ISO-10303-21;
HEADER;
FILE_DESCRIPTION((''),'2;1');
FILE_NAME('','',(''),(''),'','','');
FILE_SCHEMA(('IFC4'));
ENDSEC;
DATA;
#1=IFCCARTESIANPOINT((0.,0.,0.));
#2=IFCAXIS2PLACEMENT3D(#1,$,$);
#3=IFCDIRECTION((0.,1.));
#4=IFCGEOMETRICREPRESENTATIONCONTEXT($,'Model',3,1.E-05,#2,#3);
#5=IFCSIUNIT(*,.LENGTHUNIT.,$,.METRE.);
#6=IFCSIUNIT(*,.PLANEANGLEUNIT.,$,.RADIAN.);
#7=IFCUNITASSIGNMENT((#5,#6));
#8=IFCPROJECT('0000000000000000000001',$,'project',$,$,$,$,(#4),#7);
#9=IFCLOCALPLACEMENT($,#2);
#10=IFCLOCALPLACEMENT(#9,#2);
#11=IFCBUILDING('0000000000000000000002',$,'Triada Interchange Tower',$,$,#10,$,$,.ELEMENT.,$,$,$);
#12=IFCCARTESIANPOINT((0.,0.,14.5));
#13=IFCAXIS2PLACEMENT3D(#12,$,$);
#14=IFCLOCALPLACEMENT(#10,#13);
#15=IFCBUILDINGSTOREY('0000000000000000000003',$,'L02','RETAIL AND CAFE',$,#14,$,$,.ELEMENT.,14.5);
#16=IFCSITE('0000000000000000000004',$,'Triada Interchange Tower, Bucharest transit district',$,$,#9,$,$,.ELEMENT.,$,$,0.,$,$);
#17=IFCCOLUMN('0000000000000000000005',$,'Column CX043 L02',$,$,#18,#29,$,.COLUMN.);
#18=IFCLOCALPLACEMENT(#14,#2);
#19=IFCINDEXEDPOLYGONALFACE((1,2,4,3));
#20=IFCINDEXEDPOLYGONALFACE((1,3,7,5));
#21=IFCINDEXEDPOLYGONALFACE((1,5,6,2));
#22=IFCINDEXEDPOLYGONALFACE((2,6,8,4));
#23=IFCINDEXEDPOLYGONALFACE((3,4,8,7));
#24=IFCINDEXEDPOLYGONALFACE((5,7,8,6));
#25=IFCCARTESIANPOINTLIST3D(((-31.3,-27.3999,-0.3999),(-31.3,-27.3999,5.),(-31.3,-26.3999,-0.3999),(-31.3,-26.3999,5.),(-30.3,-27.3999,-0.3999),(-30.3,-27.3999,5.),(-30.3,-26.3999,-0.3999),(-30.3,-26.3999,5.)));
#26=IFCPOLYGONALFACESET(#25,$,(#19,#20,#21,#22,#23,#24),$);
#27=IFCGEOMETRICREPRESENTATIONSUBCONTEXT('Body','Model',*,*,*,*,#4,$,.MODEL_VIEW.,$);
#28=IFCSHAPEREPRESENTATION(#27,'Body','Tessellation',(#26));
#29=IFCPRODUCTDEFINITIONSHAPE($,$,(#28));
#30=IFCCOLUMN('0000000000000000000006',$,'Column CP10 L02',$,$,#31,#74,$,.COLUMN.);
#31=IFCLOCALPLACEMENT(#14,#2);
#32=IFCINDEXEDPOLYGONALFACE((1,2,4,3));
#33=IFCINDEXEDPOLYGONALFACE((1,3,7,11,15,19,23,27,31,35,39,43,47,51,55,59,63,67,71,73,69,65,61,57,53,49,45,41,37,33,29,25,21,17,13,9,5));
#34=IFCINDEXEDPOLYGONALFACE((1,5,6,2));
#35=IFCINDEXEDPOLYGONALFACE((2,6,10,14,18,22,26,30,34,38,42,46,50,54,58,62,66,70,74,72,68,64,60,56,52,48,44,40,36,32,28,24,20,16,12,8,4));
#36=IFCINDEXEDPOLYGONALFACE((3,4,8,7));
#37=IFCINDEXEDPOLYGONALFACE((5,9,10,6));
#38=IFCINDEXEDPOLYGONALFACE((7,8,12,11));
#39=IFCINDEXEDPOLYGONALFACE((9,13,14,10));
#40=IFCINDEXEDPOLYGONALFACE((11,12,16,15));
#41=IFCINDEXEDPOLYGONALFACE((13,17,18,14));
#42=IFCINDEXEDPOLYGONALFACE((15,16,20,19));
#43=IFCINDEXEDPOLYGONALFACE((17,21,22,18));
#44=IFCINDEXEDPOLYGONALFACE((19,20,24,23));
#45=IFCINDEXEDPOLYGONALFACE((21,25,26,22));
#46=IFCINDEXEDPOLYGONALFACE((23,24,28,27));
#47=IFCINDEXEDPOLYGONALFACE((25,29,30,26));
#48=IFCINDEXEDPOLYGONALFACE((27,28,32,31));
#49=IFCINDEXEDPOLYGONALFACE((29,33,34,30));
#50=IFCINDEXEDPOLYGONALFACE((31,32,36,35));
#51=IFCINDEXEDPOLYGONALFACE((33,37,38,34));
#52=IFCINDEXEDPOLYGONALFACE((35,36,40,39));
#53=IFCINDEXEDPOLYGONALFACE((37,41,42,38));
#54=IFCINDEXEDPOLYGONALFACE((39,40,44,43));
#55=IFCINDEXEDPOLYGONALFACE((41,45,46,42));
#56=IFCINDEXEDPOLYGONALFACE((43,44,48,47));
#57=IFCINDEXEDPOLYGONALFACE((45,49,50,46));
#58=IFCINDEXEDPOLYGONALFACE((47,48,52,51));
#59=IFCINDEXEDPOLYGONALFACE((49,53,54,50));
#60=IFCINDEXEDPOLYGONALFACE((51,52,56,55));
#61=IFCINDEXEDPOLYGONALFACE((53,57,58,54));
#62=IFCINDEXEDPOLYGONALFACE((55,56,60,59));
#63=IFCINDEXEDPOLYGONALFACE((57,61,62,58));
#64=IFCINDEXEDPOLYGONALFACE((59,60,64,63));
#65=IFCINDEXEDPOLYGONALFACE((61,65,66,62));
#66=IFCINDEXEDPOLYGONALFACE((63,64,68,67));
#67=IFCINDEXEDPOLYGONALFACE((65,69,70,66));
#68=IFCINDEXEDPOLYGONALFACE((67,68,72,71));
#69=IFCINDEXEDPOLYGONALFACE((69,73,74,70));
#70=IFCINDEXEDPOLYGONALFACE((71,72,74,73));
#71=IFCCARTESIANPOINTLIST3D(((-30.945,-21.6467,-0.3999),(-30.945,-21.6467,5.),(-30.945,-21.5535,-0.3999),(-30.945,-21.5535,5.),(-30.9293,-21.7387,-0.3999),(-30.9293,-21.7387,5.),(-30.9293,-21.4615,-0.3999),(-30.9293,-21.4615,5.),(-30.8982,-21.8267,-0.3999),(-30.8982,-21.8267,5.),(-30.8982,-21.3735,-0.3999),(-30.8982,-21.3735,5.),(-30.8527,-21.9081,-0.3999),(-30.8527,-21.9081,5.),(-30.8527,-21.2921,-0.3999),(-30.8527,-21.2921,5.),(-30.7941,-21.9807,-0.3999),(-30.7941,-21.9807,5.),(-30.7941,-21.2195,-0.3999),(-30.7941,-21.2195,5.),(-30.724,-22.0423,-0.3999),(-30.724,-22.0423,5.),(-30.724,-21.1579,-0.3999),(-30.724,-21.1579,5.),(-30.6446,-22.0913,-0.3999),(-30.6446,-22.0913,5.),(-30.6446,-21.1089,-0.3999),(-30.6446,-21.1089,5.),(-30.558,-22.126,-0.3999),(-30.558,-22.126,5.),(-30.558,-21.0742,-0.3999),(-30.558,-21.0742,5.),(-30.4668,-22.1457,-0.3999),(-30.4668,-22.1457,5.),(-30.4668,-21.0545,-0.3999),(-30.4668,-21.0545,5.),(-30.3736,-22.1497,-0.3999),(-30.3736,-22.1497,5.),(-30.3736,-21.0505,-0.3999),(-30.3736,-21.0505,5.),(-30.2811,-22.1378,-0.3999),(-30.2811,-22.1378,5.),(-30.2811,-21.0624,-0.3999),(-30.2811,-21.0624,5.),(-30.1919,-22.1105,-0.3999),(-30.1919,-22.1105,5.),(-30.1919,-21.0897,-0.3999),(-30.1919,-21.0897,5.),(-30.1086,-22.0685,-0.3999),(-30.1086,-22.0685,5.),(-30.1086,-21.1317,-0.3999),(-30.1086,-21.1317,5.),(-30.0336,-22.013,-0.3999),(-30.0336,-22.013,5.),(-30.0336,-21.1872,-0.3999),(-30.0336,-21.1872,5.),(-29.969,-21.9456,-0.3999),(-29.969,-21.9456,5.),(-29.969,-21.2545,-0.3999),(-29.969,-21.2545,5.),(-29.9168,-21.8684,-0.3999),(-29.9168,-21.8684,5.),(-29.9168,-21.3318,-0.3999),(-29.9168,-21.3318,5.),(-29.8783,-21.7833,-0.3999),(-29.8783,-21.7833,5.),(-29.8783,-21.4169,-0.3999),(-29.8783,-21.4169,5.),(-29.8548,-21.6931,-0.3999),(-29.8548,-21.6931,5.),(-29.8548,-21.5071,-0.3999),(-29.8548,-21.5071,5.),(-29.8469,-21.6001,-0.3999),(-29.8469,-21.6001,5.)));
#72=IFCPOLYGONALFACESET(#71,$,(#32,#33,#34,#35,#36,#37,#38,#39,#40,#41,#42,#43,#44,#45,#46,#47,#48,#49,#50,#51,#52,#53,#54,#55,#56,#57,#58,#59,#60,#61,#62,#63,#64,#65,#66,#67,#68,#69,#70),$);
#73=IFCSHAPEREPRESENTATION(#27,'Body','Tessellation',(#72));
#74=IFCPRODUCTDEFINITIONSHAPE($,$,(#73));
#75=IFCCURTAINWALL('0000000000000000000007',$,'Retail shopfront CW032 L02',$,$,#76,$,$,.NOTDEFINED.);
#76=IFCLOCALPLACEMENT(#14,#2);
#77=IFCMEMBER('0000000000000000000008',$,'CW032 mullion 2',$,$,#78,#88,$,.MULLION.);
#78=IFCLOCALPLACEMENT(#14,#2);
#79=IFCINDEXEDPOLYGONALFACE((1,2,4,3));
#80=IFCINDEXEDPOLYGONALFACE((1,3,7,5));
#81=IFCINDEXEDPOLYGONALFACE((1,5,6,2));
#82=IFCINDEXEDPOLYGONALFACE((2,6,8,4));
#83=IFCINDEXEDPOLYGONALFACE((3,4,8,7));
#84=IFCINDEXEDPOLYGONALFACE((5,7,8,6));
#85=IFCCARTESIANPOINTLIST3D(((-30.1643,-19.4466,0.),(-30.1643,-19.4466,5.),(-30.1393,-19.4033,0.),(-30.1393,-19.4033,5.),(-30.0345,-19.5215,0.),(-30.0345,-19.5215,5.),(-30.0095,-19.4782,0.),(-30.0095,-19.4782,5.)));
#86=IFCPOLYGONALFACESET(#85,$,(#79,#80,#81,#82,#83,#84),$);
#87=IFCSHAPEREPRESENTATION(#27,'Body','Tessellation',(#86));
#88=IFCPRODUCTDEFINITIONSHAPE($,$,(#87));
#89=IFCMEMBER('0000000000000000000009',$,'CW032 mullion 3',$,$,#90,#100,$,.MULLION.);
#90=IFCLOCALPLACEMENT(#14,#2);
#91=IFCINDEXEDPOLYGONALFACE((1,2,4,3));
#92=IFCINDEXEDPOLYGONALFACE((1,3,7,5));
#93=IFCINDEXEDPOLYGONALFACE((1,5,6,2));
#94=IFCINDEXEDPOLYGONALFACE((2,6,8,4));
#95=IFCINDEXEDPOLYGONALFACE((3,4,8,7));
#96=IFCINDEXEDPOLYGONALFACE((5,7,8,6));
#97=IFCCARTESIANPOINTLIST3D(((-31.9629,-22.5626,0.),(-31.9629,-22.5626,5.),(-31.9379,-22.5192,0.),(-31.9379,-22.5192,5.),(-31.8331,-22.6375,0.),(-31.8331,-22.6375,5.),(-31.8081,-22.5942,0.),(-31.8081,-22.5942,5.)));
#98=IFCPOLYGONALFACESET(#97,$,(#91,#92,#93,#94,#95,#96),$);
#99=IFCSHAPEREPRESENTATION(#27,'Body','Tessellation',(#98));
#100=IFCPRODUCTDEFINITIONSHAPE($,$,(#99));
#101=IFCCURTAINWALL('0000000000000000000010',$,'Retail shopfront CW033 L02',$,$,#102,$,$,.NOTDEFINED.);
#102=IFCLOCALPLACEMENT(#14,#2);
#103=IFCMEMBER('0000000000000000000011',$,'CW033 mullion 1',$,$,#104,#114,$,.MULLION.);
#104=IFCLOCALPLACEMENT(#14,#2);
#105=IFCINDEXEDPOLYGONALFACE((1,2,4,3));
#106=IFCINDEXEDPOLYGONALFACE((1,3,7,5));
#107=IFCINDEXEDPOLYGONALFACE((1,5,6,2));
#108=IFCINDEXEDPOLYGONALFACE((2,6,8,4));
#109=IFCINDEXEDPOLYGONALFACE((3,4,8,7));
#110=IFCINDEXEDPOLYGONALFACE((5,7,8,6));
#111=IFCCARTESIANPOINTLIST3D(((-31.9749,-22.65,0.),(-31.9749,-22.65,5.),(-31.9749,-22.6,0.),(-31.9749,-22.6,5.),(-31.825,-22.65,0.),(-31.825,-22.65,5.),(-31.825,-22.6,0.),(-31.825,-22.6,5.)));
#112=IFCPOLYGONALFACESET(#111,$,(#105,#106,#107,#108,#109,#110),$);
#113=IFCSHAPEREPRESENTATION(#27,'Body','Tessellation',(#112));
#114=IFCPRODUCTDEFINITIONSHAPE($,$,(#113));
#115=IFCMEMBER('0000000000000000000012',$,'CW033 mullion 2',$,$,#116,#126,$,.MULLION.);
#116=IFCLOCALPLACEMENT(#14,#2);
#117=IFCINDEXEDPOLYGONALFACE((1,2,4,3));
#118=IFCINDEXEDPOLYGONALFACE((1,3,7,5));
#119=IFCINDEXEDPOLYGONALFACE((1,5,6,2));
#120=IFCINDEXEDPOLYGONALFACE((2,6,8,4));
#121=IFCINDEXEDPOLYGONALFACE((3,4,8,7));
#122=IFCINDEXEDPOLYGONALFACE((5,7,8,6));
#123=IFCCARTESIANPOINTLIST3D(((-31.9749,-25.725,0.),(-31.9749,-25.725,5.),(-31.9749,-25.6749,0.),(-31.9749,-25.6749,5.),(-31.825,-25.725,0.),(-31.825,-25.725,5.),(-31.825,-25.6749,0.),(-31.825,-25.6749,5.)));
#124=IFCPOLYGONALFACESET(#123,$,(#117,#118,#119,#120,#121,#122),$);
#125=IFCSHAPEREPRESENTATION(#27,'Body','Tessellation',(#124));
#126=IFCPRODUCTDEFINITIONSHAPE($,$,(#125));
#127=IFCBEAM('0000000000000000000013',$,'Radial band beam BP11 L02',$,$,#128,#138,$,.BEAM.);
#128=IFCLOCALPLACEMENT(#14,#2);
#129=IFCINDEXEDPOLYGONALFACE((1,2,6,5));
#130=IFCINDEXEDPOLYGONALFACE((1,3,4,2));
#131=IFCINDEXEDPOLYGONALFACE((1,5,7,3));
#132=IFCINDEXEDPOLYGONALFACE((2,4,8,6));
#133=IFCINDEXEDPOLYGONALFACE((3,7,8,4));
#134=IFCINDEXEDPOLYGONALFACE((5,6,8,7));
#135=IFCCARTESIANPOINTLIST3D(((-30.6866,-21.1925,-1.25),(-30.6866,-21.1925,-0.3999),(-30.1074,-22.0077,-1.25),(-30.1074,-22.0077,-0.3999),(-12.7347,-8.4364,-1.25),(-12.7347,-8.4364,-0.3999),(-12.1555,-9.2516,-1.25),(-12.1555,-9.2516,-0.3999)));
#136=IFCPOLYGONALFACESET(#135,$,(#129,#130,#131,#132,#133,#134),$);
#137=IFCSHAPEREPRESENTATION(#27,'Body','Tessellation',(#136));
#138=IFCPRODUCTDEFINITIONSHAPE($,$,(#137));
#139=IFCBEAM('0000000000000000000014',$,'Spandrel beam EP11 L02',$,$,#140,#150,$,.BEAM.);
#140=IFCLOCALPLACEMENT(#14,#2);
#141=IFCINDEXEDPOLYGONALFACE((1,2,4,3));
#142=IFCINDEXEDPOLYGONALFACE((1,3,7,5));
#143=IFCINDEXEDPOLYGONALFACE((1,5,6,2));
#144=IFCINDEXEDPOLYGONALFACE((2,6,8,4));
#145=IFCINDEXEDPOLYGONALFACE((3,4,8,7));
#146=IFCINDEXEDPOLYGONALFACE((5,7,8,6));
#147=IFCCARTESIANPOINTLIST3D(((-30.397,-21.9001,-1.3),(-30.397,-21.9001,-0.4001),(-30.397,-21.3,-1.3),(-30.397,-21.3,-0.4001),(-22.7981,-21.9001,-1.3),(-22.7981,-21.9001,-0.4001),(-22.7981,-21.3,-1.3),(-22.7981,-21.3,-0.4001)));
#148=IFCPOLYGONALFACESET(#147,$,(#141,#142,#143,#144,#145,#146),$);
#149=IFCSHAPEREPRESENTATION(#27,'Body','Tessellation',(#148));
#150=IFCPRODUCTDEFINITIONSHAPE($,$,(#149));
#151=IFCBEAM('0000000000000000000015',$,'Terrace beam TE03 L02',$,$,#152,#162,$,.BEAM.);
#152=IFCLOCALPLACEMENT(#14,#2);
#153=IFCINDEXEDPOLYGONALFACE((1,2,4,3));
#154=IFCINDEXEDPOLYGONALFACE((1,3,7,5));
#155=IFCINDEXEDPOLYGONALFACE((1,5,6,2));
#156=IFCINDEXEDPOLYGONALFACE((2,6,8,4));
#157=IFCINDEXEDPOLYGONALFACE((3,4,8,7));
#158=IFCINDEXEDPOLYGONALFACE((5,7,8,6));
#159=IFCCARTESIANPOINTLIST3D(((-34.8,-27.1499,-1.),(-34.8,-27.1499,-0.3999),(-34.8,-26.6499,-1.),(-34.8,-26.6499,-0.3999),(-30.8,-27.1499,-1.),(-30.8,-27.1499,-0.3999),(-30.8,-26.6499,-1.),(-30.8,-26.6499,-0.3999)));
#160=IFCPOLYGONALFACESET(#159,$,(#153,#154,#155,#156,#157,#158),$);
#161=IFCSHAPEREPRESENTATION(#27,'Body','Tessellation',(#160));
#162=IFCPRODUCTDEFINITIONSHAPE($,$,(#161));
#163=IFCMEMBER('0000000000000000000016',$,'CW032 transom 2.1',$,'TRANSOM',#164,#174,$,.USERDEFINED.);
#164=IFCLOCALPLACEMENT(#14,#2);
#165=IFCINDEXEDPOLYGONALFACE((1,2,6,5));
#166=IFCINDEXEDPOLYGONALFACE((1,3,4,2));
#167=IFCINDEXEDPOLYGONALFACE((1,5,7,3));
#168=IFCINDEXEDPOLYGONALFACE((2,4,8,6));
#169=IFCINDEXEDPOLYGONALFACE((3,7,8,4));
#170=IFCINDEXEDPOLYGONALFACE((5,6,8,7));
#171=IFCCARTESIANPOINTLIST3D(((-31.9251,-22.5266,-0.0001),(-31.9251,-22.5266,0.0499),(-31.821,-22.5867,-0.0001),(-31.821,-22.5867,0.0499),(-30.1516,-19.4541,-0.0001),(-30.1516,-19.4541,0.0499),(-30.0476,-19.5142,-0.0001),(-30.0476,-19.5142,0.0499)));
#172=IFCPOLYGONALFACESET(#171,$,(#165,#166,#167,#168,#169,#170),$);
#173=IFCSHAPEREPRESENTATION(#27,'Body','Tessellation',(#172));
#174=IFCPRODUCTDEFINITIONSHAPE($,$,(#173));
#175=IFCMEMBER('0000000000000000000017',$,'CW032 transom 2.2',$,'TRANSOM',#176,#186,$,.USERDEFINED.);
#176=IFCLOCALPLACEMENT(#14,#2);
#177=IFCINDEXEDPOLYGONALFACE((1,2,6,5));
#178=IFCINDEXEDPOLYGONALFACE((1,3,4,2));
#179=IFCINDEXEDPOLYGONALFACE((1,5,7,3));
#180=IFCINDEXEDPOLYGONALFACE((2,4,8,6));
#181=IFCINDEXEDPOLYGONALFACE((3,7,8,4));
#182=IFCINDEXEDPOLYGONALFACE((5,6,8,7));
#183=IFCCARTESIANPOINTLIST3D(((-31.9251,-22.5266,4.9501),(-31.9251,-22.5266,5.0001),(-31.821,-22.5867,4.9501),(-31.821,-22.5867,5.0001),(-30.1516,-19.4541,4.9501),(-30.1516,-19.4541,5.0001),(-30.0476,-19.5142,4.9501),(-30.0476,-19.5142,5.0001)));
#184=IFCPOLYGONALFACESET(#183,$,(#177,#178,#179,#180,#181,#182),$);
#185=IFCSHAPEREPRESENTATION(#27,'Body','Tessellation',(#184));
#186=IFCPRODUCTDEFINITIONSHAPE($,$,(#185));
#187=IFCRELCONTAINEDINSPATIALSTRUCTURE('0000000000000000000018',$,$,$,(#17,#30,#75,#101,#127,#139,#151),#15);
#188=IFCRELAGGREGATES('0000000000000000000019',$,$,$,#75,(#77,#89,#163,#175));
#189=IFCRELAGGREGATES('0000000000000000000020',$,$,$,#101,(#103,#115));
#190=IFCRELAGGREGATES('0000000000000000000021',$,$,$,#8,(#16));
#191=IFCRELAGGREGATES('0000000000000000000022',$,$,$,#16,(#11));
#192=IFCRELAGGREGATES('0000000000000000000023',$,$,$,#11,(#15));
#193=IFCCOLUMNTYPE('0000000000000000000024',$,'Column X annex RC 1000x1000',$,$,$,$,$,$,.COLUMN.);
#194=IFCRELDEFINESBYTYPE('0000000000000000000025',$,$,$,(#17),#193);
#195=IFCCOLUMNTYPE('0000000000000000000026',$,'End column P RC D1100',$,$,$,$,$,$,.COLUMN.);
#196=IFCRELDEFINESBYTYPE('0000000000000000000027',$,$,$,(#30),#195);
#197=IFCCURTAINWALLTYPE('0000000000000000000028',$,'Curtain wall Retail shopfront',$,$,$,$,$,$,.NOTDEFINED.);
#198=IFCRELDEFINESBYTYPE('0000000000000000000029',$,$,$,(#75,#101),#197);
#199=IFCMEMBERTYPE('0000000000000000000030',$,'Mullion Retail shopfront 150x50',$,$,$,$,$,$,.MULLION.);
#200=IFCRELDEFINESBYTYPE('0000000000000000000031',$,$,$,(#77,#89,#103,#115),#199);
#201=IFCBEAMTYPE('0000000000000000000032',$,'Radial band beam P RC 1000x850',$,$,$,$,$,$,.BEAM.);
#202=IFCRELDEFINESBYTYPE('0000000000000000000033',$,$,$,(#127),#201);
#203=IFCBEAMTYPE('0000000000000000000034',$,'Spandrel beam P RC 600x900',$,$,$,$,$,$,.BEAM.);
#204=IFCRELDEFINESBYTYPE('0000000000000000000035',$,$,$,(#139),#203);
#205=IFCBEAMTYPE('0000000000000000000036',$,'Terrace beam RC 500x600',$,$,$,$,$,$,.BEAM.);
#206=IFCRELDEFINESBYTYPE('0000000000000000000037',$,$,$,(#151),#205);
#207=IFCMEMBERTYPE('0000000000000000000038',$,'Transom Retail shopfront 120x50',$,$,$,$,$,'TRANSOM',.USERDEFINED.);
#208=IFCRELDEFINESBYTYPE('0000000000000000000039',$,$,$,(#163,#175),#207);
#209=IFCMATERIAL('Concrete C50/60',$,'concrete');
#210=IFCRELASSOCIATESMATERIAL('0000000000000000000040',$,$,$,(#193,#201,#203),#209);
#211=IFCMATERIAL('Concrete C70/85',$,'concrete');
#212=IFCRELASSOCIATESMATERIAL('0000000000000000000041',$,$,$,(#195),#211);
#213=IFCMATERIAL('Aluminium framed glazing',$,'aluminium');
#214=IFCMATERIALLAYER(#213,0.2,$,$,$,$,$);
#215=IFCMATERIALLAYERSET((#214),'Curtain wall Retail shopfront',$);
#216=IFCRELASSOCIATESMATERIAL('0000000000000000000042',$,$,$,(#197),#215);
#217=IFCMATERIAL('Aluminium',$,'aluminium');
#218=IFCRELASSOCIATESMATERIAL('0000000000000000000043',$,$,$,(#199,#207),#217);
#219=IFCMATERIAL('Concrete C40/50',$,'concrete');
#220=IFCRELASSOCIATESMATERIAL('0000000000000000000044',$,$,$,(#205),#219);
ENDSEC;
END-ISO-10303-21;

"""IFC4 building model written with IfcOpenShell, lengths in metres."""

from ifc_helpers import new_model, si_unit, direction, frame, origin, origin_2d, place, context, subcontext, project, spatial, rectangle, circle, extrude, material, layer, layer_set, material_profile, profile_set, type_object, element, aggregate, save


model = new_model("IFC4")

# Units and contexts
model_context = context("Model", 3, precision=1e-05, world=origin(), true_north=direction((0.0, 1.0)))
body_context = subcontext(model_context, "Body", "Model", "MODEL_VIEW")
ifc_project = project(units=[si_unit("LENGTHUNIT", "METRE"), si_unit("PLANEANGLEUNIT", "RADIAN")], contexts=[model_context])

# Site, building, storey
site_placement = place(None, origin())
site = spatial("IfcSite", under=ifc_project, at=site_placement, Name="Triada Interchange Tower, Bucharest transit district", CompositionType="ELEMENT", RefElevation=0.0)
building_placement = place(site_placement, origin())
building = spatial("IfcBuilding", under=site, at=building_placement, Name="Triada Interchange Tower", CompositionType="ELEMENT")
storey_placement = place(building_placement, frame((0.0, 0.0, 14.5)))
storey = spatial("IfcBuildingStorey", under=building, at=storey_placement, Name="L02", Description="RETAIL AND CAFE", CompositionType="ELEMENT", Elevation=14.5)

# Columns
ifc_material_1 = material(Name="Concrete C50/60", Category="concrete")
ifc_material_profile_1 = material_profile(ifc_material_1, rectangle(XDim=1.0, YDim=1.0, at=origin_2d()), Name="RC 1000x1000")
ifc_profile_set_1 = profile_set([ifc_material_profile_1], Name="Concrete C50/60")
column_type_1 = type_object("IfcColumnType", Name="Column X annex RC 1000x1000", PredefinedType="COLUMN", material=ifc_profile_set_1)
column_1_placement = place(storey_placement, frame((-30.8, -26.8999, -0.3999), z_axis=(0.0, 0.0, 1.0), x_axis=(1.0, 0.0, 0.0)))
element("IfcColumn", 1, at=column_1_placement, inside=storey, type_object=column_type_1, Name="Column CX043 L02", PredefinedType="COLUMN", context=body_context, shape_type="SweptSolid", body=[
    extrude(rectangle(XDim=1.0, YDim=1.0, at=origin_2d()), origin(), (0.0, 0.0, 1.0), 5.3999),
])
ifc_material_2 = material(Name="Concrete C70/85", Category="concrete")
ifc_material_profile_2 = material_profile(ifc_material_2, circle(Radius=0.55, at=origin_2d()), Name="RC D1100")
ifc_profile_set_2 = profile_set([ifc_material_profile_2], Name="Concrete C70/85")
column_type_2 = type_object("IfcColumnType", Name="End column P RC D1100", PredefinedType="COLUMN", material=ifc_profile_set_2)
column_2_placement = place(storey_placement, frame((-30.397, -21.6001, -0.3999), z_axis=(0.0, 0.0, 1.0), x_axis=(1.0, 0.0, 0.0)))
element("IfcColumn", 2, at=column_2_placement, inside=storey, type_object=column_type_2, Name="Column CP10 L02", PredefinedType="COLUMN", context=body_context, shape_type="SweptSolid", body=[
    extrude(circle(Radius=0.55, at=origin_2d()), origin(), (0.0, 0.0, 1.0), 5.3999),
])

# Curtain walls, members
ifc_material_3 = material(Name="Aluminium framed glazing", Category="aluminium")
ifc_layer_1 = layer(ifc_material_3, 0.2)
ifc_layer_set_1 = layer_set([ifc_layer_1], Name="Curtain wall Retail shopfront")
curtain_wall_type = type_object("IfcCurtainWallType", Name="Curtain wall Retail shopfront", PredefinedType="NOTDEFINED", material=ifc_layer_set_1)
curtain_wall_1_placement = place(storey_placement, origin())
curtain_wall_1 = element("IfcCurtainWall", 3, at=curtain_wall_1_placement, inside=storey, type_object=curtain_wall_type, Name="Retail shopfront CW032 L02", PredefinedType="NOTDEFINED")
ifc_material_4 = material(Name="Aluminium", Category="aluminium")
ifc_material_profile_3 = material_profile(ifc_material_4, rectangle(XDim=0.1499, YDim=0.05, at=origin_2d()), Name="Aluminium mullion")
ifc_profile_set_3 = profile_set([ifc_material_profile_3], Name="Aluminium")
member_type_1 = type_object("IfcMemberType", Name="Mullion Retail shopfront 150x50", PredefinedType="MULLION", material=ifc_profile_set_3)
member_1_placement = place(storey_placement, frame((-30.0869, -19.4624, 0.0), z_axis=(0.0, 0.0, 1.0), x_axis=(0.866078, -0.49991, 0.0)))
member_1 = element("IfcMember", 4, at=member_1_placement, type_object=member_type_1, Name="CW032 mullion 2", PredefinedType="MULLION", context=body_context, shape_type="SweptSolid", body=[
    extrude(rectangle(XDim=0.1499, YDim=0.05, at=origin_2d()), origin(), (0.0, 0.0, 1.0), 5.0),
])
member_2_placement = place(storey_placement, frame((-31.8855, -22.5784, 0.0), z_axis=(0.0, 0.0, 1.0), x_axis=(0.866078, -0.49991, 0.0)))
member_2 = element("IfcMember", 5, at=member_2_placement, type_object=member_type_1, Name="CW032 mullion 3", PredefinedType="MULLION", context=body_context, shape_type="SweptSolid", body=[
    extrude(rectangle(XDim=0.1499, YDim=0.05, at=origin_2d()), origin(), (0.0, 0.0, 1.0), 5.0),
])
curtain_wall_2_placement = place(storey_placement, origin())
curtain_wall_2 = element("IfcCurtainWall", 6, at=curtain_wall_2_placement, inside=storey, type_object=curtain_wall_type, Name="Retail shopfront CW033 L02", PredefinedType="NOTDEFINED")
member_3_placement = place(storey_placement, frame((-31.8999, -22.625, 0.0), z_axis=(0.0, 0.0, 1.0), x_axis=(1.0, 0.0, 0.0)))
member_3 = element("IfcMember", 7, at=member_3_placement, type_object=member_type_1, Name="CW033 mullion 1", PredefinedType="MULLION", context=body_context, shape_type="SweptSolid", body=[
    extrude(rectangle(XDim=0.1499, YDim=0.05, at=origin_2d()), origin(), (0.0, 0.0, 1.0), 5.0),
])
member_4_placement = place(storey_placement, frame((-31.8999, -25.7, 0.0), z_axis=(0.0, 0.0, 1.0), x_axis=(1.0, 0.0, 0.0)))
member_4 = element("IfcMember", 8, at=member_4_placement, type_object=member_type_1, Name="CW033 mullion 2", PredefinedType="MULLION", context=body_context, shape_type="SweptSolid", body=[
    extrude(rectangle(XDim=0.1499, YDim=0.05, at=origin_2d()), origin(), (0.0, 0.0, 1.0), 5.0),
])

# Beams
ifc_material_profile_4 = material_profile(ifc_material_1, rectangle(XDim=1.0, YDim=0.8501, at=origin_2d()), Name="RC 1000x850")
ifc_profile_set_4 = profile_set([ifc_material_profile_4], Name="Concrete C50/60")
beam_type_1 = type_object("IfcBeamType", Name="Radial band beam P RC 1000x850", PredefinedType="BEAM", material=ifc_profile_set_4)
beam_1_placement = place(storey_placement, frame((-30.397, -21.6001, -0.825), z_axis=(0.815163, 0.579231, 0.0), x_axis=(-0.579231, 0.815163, 0.0)))
element("IfcBeam", 9, at=beam_1_placement, inside=storey, type_object=beam_type_1, Name="Radial band beam BP11 L02", PredefinedType="BEAM", context=body_context, shape_type="SweptSolid", body=[
    extrude(rectangle(XDim=1.0, YDim=0.8501, at=origin_2d()), origin(), (0.0, 0.0, 1.0), 22.0225),
])
ifc_material_profile_5 = material_profile(ifc_material_1, rectangle(XDim=0.6001, YDim=0.8999, at=origin_2d()), Name="RC 600x900")
ifc_profile_set_5 = profile_set([ifc_material_profile_5], Name="Concrete C50/60")
beam_type_2 = type_object("IfcBeamType", Name="Spandrel beam P RC 600x900", PredefinedType="BEAM", material=ifc_profile_set_5)
beam_2_placement = place(storey_placement, frame((-30.397, -21.6001, -0.8501), z_axis=(1.0, 0.0, 0.0), x_axis=(0.0, 1.0, 0.0)))
element("IfcBeam", 10, at=beam_2_placement, inside=storey, type_object=beam_type_2, Name="Spandrel beam EP11 L02", PredefinedType="BEAM", context=body_context, shape_type="SweptSolid", body=[
    extrude(rectangle(XDim=0.6001, YDim=0.8999, at=origin_2d()), origin(), (0.0, 0.0, 1.0), 7.5989),
])
ifc_material_5 = material(Name="Concrete C40/50", Category="concrete")
ifc_material_profile_6 = material_profile(ifc_material_5, rectangle(XDim=0.5, YDim=0.6001, at=origin_2d()), Name="RC 500x600")
ifc_profile_set_6 = profile_set([ifc_material_profile_6], Name="Concrete C40/50")
beam_type_3 = type_object("IfcBeamType", Name="Terrace beam RC 500x600", PredefinedType="BEAM", material=ifc_profile_set_6)
beam_3_placement = place(storey_placement, frame((-34.8, -26.8999, -0.7), z_axis=(1.0, 0.0, 0.0), x_axis=(0.0, 1.0, 0.0)))
element("IfcBeam", 11, at=beam_3_placement, inside=storey, type_object=beam_type_3, Name="Terrace beam TE03 L02", PredefinedType="BEAM", context=body_context, shape_type="SweptSolid", body=[
    extrude(rectangle(XDim=0.5, YDim=0.6001, at=origin_2d()), origin(), (0.0, 0.0, 1.0), 4.0),
])

# Members
ifc_material_profile_7 = material_profile(ifc_material_4, rectangle(XDim=0.1201, YDim=0.05, at=origin_2d()), Name="Aluminium transom")
ifc_profile_set_7 = profile_set([ifc_material_profile_7], Name="Aluminium")
member_type_2 = type_object("IfcMemberType", Name="Transom Retail shopfront 120x50", ElementType="TRANSOM", PredefinedType="USERDEFINED", material=ifc_profile_set_7)
member_5_placement = place(storey_placement, frame((-30.0996, -19.4841, 0.0249), z_axis=(-0.499899, -0.866084, 0.0), x_axis=(0.866084, -0.499899, 0.0)))
member_5 = element("IfcMember", 12, at=member_5_placement, type_object=member_type_2, Name="CW032 transom 2.1", ObjectType="TRANSOM", PredefinedType="USERDEFINED", context=body_context, shape_type="SweptSolid", body=[
    extrude(rectangle(XDim=0.1201, YDim=0.05, at=origin_2d()), origin(), (0.0, 0.0, 1.0), 3.5476),
])
member_6_placement = place(storey_placement, frame((-30.0996, -19.4841, 4.9751), z_axis=(-0.499899, -0.866084, 0.0), x_axis=(0.866084, -0.499899, 0.0)))
member_6 = element("IfcMember", 13, at=member_6_placement, type_object=member_type_2, Name="CW032 transom 2.2", ObjectType="TRANSOM", PredefinedType="USERDEFINED", context=body_context, shape_type="SweptSolid", body=[
    extrude(rectangle(XDim=0.1201, YDim=0.05, at=origin_2d()), origin(), (0.0, 0.0, 1.0), 3.5476),
])

aggregate(curtain_wall_1, [member_1, member_2, member_5, member_6])
aggregate(curtain_wall_2, [member_3, member_4])

save(model, "model.ifc")
